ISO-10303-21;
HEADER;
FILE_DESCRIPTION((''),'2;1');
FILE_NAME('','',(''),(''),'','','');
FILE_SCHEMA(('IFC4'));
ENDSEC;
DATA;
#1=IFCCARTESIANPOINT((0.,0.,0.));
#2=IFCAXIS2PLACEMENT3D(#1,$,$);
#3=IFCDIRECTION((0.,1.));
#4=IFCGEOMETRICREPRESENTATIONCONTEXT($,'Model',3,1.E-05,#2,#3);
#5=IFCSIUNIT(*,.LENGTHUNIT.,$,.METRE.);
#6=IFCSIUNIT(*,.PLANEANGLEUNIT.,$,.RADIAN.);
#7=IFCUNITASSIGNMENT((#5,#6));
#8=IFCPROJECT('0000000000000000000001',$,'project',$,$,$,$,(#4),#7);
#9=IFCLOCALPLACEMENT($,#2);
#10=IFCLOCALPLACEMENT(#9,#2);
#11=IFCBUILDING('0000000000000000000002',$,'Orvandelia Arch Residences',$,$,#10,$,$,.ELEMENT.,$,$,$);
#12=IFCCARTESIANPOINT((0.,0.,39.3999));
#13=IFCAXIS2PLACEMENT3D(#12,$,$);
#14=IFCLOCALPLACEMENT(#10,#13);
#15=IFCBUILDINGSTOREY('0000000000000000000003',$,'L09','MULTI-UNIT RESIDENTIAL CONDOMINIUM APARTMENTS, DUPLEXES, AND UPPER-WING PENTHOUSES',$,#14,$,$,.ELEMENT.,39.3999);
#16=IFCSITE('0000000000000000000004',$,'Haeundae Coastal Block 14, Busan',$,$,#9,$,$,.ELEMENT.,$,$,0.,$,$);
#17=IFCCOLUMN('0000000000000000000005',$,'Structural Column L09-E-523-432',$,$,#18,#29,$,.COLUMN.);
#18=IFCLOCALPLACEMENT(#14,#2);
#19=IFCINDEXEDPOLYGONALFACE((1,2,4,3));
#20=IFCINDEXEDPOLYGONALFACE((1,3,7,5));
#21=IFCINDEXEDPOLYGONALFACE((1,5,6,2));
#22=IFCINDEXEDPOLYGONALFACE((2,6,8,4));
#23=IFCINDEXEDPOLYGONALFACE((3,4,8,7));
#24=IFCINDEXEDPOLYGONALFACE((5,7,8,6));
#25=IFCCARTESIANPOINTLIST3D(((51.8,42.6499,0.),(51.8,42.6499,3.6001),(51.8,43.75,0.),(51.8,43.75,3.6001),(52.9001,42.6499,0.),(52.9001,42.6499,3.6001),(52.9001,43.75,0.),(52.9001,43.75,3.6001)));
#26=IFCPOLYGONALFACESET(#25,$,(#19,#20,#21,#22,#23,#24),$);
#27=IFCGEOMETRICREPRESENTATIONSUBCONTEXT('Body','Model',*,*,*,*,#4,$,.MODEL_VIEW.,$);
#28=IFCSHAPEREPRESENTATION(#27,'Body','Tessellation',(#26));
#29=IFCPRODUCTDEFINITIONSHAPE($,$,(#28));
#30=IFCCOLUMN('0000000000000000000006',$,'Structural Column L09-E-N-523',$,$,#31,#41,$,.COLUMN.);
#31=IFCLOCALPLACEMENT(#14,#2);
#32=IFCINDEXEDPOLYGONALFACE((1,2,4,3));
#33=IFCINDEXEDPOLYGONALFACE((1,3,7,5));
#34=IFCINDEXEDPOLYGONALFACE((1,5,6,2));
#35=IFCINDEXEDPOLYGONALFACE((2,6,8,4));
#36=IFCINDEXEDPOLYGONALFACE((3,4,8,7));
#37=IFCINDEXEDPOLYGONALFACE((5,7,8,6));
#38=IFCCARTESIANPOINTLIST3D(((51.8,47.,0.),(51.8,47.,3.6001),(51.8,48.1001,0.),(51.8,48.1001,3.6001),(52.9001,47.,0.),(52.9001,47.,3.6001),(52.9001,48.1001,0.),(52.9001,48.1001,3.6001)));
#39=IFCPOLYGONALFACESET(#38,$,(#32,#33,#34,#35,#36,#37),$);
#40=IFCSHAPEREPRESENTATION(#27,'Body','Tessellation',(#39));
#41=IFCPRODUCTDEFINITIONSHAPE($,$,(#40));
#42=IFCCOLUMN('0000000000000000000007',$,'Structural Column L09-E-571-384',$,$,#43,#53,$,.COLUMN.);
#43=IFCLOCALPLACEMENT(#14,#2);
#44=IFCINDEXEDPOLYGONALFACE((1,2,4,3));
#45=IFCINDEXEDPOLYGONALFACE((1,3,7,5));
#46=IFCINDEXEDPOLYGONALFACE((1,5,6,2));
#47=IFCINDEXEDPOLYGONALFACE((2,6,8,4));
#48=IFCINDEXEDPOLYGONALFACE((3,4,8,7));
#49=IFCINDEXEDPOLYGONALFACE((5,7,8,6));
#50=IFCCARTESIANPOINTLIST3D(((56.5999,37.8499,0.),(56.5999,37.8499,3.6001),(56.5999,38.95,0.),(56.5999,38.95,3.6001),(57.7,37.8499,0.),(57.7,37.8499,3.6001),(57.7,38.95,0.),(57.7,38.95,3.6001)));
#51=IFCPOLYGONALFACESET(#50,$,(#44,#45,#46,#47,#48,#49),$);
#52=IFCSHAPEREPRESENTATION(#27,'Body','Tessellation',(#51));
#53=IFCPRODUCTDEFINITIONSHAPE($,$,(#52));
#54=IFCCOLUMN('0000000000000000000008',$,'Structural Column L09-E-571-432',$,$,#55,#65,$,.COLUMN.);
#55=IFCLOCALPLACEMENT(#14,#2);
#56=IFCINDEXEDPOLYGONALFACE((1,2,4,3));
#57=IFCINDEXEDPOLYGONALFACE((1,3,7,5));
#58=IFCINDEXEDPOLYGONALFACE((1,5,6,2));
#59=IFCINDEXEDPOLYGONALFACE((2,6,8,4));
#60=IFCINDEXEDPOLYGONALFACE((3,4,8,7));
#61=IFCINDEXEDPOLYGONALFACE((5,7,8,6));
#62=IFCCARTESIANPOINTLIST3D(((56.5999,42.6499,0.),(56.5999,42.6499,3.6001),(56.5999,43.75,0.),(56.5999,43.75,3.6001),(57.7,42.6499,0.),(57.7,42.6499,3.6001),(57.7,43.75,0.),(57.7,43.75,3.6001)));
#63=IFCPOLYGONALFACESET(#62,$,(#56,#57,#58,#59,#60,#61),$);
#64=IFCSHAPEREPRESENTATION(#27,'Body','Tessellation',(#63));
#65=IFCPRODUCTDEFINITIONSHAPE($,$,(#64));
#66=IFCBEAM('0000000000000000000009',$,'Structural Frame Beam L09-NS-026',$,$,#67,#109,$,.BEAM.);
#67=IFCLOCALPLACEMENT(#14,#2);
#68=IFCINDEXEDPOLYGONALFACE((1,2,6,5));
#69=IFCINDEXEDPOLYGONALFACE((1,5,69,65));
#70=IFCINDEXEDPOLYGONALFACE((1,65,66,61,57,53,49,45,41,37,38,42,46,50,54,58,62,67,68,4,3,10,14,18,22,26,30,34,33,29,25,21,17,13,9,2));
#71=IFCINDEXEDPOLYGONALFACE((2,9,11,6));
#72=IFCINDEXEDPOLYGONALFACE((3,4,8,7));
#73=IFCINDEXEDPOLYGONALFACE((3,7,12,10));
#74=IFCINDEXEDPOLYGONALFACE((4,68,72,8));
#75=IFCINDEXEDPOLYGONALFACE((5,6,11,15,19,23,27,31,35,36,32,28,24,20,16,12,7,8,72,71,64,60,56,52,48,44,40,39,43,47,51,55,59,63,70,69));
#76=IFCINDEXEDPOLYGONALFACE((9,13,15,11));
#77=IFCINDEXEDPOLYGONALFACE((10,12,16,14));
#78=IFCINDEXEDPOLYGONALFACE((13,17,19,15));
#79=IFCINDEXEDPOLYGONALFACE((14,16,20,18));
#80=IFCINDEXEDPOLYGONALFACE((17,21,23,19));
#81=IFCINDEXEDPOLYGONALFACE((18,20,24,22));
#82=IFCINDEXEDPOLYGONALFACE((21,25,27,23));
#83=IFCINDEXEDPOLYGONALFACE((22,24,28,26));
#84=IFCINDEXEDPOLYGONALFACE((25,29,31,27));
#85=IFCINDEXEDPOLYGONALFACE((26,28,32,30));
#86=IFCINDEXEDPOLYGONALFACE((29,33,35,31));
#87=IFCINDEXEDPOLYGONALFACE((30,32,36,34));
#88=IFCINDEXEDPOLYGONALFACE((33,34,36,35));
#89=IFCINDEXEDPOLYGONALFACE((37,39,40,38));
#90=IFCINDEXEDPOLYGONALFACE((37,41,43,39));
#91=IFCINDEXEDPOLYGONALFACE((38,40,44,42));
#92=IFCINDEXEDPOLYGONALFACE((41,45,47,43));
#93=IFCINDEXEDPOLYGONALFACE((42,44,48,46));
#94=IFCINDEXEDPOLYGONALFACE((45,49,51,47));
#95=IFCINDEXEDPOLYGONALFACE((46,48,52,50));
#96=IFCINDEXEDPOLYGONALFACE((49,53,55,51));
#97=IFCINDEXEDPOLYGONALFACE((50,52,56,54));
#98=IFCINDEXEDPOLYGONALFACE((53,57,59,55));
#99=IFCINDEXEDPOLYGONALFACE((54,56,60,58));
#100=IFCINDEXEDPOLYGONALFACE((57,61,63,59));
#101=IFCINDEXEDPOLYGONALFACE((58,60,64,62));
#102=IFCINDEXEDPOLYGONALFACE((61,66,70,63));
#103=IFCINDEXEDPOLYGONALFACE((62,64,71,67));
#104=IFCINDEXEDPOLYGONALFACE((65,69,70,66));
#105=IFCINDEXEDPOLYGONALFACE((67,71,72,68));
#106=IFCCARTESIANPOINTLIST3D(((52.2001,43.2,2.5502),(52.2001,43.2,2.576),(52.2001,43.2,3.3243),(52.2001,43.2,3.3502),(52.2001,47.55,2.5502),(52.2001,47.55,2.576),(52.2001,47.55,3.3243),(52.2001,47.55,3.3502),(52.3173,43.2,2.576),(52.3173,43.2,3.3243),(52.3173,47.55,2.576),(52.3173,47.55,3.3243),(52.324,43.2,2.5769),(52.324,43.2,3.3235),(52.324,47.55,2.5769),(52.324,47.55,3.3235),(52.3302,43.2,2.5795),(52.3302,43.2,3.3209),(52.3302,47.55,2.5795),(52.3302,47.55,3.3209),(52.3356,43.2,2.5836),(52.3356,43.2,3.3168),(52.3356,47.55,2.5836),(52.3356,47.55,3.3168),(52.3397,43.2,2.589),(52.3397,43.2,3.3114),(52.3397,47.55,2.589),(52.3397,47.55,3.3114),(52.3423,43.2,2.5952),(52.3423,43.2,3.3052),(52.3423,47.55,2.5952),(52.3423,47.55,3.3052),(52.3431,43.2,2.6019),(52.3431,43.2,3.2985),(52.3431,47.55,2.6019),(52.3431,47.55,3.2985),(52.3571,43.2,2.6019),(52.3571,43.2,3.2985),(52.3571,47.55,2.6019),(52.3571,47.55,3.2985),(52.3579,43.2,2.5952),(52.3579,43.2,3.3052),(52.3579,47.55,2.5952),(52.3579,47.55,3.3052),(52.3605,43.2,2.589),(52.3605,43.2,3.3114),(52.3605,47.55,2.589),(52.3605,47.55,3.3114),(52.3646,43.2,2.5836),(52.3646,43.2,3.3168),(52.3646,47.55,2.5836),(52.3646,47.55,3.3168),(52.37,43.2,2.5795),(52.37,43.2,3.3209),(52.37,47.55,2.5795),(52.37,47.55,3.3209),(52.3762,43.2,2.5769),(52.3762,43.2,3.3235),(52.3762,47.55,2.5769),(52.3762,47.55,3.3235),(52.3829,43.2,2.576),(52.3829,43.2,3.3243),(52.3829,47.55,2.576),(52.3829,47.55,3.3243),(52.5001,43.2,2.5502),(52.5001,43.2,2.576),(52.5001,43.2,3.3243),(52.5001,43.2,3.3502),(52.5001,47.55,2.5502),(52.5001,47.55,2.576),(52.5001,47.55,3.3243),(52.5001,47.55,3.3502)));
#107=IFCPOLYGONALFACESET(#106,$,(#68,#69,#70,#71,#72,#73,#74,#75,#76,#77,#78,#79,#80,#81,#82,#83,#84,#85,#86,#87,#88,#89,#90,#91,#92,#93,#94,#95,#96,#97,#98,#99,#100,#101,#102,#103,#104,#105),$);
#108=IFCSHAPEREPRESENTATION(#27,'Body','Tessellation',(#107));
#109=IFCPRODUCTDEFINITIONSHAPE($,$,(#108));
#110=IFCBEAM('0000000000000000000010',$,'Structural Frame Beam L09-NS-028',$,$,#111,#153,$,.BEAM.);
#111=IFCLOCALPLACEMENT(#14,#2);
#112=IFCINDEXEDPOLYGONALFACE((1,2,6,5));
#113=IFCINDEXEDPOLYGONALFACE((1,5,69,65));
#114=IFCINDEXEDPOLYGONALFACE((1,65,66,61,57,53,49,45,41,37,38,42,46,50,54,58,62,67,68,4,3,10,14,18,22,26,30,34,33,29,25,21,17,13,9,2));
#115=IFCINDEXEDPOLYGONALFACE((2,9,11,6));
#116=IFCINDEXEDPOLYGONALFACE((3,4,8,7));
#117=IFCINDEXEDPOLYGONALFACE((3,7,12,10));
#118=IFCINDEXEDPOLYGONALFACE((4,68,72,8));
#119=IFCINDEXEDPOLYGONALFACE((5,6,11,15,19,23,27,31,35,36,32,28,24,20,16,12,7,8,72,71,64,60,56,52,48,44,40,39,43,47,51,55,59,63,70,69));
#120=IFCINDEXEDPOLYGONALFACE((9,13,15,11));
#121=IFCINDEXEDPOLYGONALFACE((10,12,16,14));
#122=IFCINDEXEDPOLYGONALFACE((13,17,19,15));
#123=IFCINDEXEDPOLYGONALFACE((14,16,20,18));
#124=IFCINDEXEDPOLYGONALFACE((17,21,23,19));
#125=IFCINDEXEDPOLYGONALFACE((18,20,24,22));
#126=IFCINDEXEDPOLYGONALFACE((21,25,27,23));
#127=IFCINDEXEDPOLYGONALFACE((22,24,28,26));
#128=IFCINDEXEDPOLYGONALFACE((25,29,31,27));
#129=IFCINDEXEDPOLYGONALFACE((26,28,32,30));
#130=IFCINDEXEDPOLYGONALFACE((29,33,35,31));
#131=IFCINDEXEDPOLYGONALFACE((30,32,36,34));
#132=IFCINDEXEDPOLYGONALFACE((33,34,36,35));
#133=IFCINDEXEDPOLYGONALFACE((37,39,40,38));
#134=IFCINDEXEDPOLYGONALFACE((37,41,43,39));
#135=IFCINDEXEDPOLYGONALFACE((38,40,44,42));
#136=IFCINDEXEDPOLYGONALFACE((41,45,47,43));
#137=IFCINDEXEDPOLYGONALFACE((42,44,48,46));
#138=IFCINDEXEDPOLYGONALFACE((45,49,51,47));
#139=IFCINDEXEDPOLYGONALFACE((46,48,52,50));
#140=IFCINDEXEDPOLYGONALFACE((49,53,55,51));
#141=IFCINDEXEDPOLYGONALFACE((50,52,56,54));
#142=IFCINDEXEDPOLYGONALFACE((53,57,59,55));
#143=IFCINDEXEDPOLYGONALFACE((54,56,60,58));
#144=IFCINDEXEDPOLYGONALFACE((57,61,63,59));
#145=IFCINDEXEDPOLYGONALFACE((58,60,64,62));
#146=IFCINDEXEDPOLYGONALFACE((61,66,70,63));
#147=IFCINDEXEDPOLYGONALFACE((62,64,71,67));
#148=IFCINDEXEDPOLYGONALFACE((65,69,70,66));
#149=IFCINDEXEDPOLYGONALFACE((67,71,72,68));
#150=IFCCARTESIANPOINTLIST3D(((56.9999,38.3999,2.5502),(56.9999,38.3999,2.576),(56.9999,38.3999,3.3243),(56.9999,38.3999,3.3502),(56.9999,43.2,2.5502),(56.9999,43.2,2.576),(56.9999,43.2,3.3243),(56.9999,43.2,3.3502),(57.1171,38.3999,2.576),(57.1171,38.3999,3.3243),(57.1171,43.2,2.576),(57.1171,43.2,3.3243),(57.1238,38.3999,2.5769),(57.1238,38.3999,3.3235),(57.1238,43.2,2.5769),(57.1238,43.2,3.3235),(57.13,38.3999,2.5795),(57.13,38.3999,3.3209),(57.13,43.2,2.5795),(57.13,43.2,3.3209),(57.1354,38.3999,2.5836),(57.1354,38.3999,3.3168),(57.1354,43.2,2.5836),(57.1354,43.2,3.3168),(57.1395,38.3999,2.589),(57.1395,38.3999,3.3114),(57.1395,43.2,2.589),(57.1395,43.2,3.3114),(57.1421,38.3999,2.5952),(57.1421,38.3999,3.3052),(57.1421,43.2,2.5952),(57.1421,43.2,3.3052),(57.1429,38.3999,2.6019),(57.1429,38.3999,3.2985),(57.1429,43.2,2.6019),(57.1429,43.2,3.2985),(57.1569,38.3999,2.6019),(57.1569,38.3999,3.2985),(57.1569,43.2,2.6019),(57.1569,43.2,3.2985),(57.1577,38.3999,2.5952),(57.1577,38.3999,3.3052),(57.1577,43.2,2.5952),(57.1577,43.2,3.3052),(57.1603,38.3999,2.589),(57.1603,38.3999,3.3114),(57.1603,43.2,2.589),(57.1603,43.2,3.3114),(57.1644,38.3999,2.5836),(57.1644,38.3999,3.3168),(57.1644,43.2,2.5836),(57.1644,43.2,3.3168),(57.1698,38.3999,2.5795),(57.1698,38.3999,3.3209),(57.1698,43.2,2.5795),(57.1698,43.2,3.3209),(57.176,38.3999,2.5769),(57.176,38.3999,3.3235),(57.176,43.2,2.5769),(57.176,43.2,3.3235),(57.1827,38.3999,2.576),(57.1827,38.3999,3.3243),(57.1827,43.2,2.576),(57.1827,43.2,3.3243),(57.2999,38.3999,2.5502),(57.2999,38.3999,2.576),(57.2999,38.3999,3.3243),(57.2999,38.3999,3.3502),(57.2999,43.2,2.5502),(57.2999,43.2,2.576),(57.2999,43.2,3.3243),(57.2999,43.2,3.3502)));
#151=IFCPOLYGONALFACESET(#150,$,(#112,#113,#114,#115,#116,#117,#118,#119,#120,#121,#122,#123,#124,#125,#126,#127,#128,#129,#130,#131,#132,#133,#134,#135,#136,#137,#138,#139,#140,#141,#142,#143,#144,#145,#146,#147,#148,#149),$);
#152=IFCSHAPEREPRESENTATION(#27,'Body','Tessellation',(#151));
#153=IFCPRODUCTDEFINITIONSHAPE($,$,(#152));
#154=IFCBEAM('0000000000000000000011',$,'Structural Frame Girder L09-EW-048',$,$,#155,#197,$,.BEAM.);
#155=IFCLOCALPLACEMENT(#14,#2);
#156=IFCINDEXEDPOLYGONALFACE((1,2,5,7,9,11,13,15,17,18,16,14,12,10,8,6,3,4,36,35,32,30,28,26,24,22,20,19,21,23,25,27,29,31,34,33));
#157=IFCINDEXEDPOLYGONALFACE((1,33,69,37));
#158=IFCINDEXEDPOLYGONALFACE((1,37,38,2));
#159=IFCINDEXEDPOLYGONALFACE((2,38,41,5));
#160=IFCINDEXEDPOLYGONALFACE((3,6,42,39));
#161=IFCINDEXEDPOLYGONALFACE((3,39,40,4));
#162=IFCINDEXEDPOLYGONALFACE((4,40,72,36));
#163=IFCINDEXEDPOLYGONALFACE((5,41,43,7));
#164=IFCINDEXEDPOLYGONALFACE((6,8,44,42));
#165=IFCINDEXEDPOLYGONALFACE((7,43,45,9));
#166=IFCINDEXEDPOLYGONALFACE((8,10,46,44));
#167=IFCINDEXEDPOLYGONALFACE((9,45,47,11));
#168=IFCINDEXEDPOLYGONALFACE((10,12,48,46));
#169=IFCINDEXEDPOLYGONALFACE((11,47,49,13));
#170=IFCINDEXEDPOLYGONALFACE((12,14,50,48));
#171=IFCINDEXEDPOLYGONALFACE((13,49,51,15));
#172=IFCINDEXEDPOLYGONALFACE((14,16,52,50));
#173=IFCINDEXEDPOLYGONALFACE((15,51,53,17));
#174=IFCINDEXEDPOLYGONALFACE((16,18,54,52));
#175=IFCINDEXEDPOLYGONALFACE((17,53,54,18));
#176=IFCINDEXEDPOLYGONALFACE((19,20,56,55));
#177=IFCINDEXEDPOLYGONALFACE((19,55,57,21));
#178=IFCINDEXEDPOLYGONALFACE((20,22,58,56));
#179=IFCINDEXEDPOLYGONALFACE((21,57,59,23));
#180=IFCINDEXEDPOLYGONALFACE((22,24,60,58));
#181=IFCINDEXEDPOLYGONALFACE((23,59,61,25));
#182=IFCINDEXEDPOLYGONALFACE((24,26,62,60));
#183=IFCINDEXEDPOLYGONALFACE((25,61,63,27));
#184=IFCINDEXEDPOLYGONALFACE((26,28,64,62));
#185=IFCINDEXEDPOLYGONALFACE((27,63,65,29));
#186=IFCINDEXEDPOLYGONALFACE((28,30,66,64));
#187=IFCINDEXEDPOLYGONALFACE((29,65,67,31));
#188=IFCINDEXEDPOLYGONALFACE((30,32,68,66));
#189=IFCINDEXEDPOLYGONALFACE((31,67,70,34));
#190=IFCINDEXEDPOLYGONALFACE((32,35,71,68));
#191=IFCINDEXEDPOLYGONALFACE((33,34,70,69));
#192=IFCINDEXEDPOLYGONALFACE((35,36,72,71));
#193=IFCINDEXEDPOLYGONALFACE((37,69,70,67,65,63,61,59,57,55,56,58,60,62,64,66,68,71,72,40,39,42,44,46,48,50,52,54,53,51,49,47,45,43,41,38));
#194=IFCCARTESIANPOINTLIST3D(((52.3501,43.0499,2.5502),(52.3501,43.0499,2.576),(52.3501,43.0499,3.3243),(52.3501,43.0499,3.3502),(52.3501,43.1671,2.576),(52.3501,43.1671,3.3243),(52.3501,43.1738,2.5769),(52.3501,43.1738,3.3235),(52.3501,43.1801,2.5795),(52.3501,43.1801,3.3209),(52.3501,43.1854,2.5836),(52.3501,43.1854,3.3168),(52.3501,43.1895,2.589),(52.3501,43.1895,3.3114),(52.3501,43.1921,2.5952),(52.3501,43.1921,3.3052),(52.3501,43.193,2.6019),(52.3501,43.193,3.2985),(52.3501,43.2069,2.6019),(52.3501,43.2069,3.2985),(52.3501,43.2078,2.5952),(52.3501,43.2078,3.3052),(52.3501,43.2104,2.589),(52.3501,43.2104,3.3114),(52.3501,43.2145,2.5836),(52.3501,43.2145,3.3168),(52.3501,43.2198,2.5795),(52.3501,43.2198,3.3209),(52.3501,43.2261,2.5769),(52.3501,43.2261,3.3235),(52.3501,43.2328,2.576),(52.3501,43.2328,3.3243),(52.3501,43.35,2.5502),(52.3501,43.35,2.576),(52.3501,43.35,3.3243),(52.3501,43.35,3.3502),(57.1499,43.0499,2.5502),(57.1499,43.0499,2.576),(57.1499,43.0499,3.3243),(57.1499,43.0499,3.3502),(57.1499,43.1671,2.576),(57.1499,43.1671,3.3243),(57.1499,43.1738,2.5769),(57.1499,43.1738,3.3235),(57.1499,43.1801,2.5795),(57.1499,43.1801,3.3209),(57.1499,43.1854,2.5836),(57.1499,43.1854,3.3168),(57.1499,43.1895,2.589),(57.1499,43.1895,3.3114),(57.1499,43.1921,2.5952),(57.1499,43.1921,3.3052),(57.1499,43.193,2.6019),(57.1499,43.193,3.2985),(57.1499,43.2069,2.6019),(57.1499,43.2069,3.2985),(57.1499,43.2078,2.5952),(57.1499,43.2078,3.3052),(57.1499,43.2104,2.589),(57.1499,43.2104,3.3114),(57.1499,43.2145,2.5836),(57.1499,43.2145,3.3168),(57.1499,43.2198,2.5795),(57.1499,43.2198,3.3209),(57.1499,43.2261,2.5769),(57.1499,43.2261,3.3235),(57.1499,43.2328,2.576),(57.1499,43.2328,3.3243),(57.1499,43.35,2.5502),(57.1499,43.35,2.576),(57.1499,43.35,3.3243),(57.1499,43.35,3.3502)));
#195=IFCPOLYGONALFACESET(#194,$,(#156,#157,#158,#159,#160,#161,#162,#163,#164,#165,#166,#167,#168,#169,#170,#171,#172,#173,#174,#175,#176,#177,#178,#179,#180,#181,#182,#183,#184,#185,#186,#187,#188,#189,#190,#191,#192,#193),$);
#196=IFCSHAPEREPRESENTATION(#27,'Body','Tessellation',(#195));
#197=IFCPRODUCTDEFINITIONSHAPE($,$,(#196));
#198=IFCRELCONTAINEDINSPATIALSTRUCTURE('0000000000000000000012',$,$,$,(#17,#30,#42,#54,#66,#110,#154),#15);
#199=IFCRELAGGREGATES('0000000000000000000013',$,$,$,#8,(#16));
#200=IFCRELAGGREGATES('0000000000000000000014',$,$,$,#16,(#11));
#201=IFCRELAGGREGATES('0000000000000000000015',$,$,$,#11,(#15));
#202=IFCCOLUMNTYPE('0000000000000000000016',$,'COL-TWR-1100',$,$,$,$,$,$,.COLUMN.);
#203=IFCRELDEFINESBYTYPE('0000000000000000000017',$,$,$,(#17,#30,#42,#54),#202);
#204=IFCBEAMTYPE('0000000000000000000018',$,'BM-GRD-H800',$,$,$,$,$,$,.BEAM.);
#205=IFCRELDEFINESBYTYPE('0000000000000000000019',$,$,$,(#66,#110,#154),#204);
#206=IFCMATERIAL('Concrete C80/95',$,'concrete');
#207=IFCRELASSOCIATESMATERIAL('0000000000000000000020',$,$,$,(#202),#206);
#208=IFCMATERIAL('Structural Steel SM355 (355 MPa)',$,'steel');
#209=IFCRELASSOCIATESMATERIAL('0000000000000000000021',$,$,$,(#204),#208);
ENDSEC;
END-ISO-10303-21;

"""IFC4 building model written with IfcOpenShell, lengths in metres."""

from ifc_helpers import new_model, si_unit, direction, frame, origin, origin_2d, place, context, subcontext, project, spatial, rectangle, i_section, extrude, material, material_profile, profile_set, type_object, element, save


model = new_model("IFC4")

# Units and contexts
model_context = context("Model", 3, precision=1e-05, world=origin(), true_north=direction((0.0, 1.0)))
body_context = subcontext(model_context, "Body", "Model", "MODEL_VIEW")
ifc_project = project(units=[si_unit("LENGTHUNIT", "METRE"), si_unit("PLANEANGLEUNIT", "RADIAN")], contexts=[model_context])

# Site, building, storey
site_placement = place(None, origin())
site = spatial("IfcSite", under=ifc_project, at=site_placement, Name="Haeundae Coastal Block 14, Busan", CompositionType="ELEMENT", RefElevation=0.0)
building_placement = place(site_placement, origin())
building = spatial("IfcBuilding", under=site, at=building_placement, Name="Orvandelia Arch Residences", CompositionType="ELEMENT")
storey_placement = place(building_placement, frame((0.0, 0.0, 39.3999)))
storey = spatial("IfcBuildingStorey", under=building, at=storey_placement, Name="L09", Description="MULTI-UNIT RESIDENTIAL CONDOMINIUM APARTMENTS, DUPLEXES, AND UPPER-WING PENTHOUSES", CompositionType="ELEMENT", Elevation=39.3999)

# Columns
ifc_material_1 = material(Name="Concrete C80/95", Category="concrete")
ifc_material_profile_1 = material_profile(ifc_material_1, rectangle(XDim=1.1001, YDim=1.1001, at=origin_2d()), Name="Concrete C80/95", Category="concrete")
ifc_profile_set_1 = profile_set([ifc_material_profile_1], Name="Concrete C80/95")
column_type = type_object("IfcColumnType", Name="COL-TWR-1100", PredefinedType="COLUMN", material=ifc_profile_set_1)
for number, where, z_axis, x_axis, name in (
    (1, (52.3501, 43.2, 0.0), (0.0, 0.0, 1.0), (1.0, 0.0, 0.0), "Structural Column L09-E-523-432"),
    (2, (52.3501, 47.55, 0.0), (0.0, 0.0, 1.0), (1.0, 0.0, 0.0), "Structural Column L09-E-N-523"),
    (3, (57.1499, 38.3999, 0.0), (0.0, 0.0, 1.0), (1.0, 0.0, 0.0), "Structural Column L09-E-571-384"),
    (4, (57.1499, 43.2, 0.0), (0.0, 0.0, 1.0), (1.0, 0.0, 0.0), "Structural Column L09-E-571-432"),
):
    element("IfcColumn", number, at=place(storey_placement, frame(where, z_axis=z_axis, x_axis=x_axis)), inside=storey, type_object=column_type, Name=name, PredefinedType="COLUMN", context=body_context, shape_type="SweptSolid", body=[
        extrude(rectangle(XDim=1.1001, YDim=1.1001, at=origin_2d()), origin(), (0.0, 0.0, 1.0), 3.6001),
    ])

# Beams
ifc_material_2 = material(Name="Structural Steel SM355 (355 MPa)", Category="steel")
ifc_material_profile_2 = material_profile(ifc_material_2, i_section(OverallWidth=0.3, OverallDepth=0.8, WebThickness=0.0139, FlangeThickness=0.0259, FilletRadius=0.0259, at=origin_2d()), Name="Structural Steel SM355 (355 MPa)", Category="steel")
ifc_profile_set_2 = profile_set([ifc_material_profile_2], Name="Structural Steel SM355 (355 MPa)")
beam_type = type_object("IfcBeamType", Name="BM-GRD-H800", PredefinedType="BEAM", material=ifc_profile_set_2)
beam_1_placement = place(storey_placement, frame((52.3501, 43.2, 2.9502), z_axis=(0.0, 1.0, 0.0), x_axis=(-1.0, 0.0, 0.0)))
element("IfcBeam", 5, at=beam_1_placement, inside=storey, type_object=beam_type, Name="Structural Frame Beam L09-NS-026", PredefinedType="BEAM", context=body_context, shape_type="SweptSolid", body=[
    extrude(i_section(OverallWidth=0.3, OverallDepth=0.8, WebThickness=0.0139, FlangeThickness=0.0259, FilletRadius=0.0259, at=origin_2d()), origin(), (0.0, 0.0, 1.0), 4.3501),
])
beam_2_placement = place(storey_placement, frame((57.1499, 38.3999, 2.9502), z_axis=(0.0, 1.0, 0.0), x_axis=(-1.0, 0.0, 0.0)))
element("IfcBeam", 6, at=beam_2_placement, inside=storey, type_object=beam_type, Name="Structural Frame Beam L09-NS-028", PredefinedType="BEAM", context=body_context, shape_type="SweptSolid", body=[
    extrude(i_section(OverallWidth=0.3, OverallDepth=0.8, WebThickness=0.0139, FlangeThickness=0.0259, FilletRadius=0.0259, at=origin_2d()), origin(), (0.0, 0.0, 1.0), 4.8),
])
beam_3_placement = place(storey_placement, frame((52.3501, 43.2, 2.9502), z_axis=(1.0, 0.0, 0.0), x_axis=(0.0, 1.0, 0.0)))
element("IfcBeam", 7, at=beam_3_placement, inside=storey, type_object=beam_type, Name="Structural Frame Girder L09-EW-048", PredefinedType="BEAM", context=body_context, shape_type="SweptSolid", body=[
    extrude(i_section(OverallWidth=0.3, OverallDepth=0.8, WebThickness=0.0139, FlangeThickness=0.0259, FilletRadius=0.0259, at=origin_2d()), origin(), (0.0, 0.0, 1.0), 4.7998),
])

save(model, "model.ifc")
